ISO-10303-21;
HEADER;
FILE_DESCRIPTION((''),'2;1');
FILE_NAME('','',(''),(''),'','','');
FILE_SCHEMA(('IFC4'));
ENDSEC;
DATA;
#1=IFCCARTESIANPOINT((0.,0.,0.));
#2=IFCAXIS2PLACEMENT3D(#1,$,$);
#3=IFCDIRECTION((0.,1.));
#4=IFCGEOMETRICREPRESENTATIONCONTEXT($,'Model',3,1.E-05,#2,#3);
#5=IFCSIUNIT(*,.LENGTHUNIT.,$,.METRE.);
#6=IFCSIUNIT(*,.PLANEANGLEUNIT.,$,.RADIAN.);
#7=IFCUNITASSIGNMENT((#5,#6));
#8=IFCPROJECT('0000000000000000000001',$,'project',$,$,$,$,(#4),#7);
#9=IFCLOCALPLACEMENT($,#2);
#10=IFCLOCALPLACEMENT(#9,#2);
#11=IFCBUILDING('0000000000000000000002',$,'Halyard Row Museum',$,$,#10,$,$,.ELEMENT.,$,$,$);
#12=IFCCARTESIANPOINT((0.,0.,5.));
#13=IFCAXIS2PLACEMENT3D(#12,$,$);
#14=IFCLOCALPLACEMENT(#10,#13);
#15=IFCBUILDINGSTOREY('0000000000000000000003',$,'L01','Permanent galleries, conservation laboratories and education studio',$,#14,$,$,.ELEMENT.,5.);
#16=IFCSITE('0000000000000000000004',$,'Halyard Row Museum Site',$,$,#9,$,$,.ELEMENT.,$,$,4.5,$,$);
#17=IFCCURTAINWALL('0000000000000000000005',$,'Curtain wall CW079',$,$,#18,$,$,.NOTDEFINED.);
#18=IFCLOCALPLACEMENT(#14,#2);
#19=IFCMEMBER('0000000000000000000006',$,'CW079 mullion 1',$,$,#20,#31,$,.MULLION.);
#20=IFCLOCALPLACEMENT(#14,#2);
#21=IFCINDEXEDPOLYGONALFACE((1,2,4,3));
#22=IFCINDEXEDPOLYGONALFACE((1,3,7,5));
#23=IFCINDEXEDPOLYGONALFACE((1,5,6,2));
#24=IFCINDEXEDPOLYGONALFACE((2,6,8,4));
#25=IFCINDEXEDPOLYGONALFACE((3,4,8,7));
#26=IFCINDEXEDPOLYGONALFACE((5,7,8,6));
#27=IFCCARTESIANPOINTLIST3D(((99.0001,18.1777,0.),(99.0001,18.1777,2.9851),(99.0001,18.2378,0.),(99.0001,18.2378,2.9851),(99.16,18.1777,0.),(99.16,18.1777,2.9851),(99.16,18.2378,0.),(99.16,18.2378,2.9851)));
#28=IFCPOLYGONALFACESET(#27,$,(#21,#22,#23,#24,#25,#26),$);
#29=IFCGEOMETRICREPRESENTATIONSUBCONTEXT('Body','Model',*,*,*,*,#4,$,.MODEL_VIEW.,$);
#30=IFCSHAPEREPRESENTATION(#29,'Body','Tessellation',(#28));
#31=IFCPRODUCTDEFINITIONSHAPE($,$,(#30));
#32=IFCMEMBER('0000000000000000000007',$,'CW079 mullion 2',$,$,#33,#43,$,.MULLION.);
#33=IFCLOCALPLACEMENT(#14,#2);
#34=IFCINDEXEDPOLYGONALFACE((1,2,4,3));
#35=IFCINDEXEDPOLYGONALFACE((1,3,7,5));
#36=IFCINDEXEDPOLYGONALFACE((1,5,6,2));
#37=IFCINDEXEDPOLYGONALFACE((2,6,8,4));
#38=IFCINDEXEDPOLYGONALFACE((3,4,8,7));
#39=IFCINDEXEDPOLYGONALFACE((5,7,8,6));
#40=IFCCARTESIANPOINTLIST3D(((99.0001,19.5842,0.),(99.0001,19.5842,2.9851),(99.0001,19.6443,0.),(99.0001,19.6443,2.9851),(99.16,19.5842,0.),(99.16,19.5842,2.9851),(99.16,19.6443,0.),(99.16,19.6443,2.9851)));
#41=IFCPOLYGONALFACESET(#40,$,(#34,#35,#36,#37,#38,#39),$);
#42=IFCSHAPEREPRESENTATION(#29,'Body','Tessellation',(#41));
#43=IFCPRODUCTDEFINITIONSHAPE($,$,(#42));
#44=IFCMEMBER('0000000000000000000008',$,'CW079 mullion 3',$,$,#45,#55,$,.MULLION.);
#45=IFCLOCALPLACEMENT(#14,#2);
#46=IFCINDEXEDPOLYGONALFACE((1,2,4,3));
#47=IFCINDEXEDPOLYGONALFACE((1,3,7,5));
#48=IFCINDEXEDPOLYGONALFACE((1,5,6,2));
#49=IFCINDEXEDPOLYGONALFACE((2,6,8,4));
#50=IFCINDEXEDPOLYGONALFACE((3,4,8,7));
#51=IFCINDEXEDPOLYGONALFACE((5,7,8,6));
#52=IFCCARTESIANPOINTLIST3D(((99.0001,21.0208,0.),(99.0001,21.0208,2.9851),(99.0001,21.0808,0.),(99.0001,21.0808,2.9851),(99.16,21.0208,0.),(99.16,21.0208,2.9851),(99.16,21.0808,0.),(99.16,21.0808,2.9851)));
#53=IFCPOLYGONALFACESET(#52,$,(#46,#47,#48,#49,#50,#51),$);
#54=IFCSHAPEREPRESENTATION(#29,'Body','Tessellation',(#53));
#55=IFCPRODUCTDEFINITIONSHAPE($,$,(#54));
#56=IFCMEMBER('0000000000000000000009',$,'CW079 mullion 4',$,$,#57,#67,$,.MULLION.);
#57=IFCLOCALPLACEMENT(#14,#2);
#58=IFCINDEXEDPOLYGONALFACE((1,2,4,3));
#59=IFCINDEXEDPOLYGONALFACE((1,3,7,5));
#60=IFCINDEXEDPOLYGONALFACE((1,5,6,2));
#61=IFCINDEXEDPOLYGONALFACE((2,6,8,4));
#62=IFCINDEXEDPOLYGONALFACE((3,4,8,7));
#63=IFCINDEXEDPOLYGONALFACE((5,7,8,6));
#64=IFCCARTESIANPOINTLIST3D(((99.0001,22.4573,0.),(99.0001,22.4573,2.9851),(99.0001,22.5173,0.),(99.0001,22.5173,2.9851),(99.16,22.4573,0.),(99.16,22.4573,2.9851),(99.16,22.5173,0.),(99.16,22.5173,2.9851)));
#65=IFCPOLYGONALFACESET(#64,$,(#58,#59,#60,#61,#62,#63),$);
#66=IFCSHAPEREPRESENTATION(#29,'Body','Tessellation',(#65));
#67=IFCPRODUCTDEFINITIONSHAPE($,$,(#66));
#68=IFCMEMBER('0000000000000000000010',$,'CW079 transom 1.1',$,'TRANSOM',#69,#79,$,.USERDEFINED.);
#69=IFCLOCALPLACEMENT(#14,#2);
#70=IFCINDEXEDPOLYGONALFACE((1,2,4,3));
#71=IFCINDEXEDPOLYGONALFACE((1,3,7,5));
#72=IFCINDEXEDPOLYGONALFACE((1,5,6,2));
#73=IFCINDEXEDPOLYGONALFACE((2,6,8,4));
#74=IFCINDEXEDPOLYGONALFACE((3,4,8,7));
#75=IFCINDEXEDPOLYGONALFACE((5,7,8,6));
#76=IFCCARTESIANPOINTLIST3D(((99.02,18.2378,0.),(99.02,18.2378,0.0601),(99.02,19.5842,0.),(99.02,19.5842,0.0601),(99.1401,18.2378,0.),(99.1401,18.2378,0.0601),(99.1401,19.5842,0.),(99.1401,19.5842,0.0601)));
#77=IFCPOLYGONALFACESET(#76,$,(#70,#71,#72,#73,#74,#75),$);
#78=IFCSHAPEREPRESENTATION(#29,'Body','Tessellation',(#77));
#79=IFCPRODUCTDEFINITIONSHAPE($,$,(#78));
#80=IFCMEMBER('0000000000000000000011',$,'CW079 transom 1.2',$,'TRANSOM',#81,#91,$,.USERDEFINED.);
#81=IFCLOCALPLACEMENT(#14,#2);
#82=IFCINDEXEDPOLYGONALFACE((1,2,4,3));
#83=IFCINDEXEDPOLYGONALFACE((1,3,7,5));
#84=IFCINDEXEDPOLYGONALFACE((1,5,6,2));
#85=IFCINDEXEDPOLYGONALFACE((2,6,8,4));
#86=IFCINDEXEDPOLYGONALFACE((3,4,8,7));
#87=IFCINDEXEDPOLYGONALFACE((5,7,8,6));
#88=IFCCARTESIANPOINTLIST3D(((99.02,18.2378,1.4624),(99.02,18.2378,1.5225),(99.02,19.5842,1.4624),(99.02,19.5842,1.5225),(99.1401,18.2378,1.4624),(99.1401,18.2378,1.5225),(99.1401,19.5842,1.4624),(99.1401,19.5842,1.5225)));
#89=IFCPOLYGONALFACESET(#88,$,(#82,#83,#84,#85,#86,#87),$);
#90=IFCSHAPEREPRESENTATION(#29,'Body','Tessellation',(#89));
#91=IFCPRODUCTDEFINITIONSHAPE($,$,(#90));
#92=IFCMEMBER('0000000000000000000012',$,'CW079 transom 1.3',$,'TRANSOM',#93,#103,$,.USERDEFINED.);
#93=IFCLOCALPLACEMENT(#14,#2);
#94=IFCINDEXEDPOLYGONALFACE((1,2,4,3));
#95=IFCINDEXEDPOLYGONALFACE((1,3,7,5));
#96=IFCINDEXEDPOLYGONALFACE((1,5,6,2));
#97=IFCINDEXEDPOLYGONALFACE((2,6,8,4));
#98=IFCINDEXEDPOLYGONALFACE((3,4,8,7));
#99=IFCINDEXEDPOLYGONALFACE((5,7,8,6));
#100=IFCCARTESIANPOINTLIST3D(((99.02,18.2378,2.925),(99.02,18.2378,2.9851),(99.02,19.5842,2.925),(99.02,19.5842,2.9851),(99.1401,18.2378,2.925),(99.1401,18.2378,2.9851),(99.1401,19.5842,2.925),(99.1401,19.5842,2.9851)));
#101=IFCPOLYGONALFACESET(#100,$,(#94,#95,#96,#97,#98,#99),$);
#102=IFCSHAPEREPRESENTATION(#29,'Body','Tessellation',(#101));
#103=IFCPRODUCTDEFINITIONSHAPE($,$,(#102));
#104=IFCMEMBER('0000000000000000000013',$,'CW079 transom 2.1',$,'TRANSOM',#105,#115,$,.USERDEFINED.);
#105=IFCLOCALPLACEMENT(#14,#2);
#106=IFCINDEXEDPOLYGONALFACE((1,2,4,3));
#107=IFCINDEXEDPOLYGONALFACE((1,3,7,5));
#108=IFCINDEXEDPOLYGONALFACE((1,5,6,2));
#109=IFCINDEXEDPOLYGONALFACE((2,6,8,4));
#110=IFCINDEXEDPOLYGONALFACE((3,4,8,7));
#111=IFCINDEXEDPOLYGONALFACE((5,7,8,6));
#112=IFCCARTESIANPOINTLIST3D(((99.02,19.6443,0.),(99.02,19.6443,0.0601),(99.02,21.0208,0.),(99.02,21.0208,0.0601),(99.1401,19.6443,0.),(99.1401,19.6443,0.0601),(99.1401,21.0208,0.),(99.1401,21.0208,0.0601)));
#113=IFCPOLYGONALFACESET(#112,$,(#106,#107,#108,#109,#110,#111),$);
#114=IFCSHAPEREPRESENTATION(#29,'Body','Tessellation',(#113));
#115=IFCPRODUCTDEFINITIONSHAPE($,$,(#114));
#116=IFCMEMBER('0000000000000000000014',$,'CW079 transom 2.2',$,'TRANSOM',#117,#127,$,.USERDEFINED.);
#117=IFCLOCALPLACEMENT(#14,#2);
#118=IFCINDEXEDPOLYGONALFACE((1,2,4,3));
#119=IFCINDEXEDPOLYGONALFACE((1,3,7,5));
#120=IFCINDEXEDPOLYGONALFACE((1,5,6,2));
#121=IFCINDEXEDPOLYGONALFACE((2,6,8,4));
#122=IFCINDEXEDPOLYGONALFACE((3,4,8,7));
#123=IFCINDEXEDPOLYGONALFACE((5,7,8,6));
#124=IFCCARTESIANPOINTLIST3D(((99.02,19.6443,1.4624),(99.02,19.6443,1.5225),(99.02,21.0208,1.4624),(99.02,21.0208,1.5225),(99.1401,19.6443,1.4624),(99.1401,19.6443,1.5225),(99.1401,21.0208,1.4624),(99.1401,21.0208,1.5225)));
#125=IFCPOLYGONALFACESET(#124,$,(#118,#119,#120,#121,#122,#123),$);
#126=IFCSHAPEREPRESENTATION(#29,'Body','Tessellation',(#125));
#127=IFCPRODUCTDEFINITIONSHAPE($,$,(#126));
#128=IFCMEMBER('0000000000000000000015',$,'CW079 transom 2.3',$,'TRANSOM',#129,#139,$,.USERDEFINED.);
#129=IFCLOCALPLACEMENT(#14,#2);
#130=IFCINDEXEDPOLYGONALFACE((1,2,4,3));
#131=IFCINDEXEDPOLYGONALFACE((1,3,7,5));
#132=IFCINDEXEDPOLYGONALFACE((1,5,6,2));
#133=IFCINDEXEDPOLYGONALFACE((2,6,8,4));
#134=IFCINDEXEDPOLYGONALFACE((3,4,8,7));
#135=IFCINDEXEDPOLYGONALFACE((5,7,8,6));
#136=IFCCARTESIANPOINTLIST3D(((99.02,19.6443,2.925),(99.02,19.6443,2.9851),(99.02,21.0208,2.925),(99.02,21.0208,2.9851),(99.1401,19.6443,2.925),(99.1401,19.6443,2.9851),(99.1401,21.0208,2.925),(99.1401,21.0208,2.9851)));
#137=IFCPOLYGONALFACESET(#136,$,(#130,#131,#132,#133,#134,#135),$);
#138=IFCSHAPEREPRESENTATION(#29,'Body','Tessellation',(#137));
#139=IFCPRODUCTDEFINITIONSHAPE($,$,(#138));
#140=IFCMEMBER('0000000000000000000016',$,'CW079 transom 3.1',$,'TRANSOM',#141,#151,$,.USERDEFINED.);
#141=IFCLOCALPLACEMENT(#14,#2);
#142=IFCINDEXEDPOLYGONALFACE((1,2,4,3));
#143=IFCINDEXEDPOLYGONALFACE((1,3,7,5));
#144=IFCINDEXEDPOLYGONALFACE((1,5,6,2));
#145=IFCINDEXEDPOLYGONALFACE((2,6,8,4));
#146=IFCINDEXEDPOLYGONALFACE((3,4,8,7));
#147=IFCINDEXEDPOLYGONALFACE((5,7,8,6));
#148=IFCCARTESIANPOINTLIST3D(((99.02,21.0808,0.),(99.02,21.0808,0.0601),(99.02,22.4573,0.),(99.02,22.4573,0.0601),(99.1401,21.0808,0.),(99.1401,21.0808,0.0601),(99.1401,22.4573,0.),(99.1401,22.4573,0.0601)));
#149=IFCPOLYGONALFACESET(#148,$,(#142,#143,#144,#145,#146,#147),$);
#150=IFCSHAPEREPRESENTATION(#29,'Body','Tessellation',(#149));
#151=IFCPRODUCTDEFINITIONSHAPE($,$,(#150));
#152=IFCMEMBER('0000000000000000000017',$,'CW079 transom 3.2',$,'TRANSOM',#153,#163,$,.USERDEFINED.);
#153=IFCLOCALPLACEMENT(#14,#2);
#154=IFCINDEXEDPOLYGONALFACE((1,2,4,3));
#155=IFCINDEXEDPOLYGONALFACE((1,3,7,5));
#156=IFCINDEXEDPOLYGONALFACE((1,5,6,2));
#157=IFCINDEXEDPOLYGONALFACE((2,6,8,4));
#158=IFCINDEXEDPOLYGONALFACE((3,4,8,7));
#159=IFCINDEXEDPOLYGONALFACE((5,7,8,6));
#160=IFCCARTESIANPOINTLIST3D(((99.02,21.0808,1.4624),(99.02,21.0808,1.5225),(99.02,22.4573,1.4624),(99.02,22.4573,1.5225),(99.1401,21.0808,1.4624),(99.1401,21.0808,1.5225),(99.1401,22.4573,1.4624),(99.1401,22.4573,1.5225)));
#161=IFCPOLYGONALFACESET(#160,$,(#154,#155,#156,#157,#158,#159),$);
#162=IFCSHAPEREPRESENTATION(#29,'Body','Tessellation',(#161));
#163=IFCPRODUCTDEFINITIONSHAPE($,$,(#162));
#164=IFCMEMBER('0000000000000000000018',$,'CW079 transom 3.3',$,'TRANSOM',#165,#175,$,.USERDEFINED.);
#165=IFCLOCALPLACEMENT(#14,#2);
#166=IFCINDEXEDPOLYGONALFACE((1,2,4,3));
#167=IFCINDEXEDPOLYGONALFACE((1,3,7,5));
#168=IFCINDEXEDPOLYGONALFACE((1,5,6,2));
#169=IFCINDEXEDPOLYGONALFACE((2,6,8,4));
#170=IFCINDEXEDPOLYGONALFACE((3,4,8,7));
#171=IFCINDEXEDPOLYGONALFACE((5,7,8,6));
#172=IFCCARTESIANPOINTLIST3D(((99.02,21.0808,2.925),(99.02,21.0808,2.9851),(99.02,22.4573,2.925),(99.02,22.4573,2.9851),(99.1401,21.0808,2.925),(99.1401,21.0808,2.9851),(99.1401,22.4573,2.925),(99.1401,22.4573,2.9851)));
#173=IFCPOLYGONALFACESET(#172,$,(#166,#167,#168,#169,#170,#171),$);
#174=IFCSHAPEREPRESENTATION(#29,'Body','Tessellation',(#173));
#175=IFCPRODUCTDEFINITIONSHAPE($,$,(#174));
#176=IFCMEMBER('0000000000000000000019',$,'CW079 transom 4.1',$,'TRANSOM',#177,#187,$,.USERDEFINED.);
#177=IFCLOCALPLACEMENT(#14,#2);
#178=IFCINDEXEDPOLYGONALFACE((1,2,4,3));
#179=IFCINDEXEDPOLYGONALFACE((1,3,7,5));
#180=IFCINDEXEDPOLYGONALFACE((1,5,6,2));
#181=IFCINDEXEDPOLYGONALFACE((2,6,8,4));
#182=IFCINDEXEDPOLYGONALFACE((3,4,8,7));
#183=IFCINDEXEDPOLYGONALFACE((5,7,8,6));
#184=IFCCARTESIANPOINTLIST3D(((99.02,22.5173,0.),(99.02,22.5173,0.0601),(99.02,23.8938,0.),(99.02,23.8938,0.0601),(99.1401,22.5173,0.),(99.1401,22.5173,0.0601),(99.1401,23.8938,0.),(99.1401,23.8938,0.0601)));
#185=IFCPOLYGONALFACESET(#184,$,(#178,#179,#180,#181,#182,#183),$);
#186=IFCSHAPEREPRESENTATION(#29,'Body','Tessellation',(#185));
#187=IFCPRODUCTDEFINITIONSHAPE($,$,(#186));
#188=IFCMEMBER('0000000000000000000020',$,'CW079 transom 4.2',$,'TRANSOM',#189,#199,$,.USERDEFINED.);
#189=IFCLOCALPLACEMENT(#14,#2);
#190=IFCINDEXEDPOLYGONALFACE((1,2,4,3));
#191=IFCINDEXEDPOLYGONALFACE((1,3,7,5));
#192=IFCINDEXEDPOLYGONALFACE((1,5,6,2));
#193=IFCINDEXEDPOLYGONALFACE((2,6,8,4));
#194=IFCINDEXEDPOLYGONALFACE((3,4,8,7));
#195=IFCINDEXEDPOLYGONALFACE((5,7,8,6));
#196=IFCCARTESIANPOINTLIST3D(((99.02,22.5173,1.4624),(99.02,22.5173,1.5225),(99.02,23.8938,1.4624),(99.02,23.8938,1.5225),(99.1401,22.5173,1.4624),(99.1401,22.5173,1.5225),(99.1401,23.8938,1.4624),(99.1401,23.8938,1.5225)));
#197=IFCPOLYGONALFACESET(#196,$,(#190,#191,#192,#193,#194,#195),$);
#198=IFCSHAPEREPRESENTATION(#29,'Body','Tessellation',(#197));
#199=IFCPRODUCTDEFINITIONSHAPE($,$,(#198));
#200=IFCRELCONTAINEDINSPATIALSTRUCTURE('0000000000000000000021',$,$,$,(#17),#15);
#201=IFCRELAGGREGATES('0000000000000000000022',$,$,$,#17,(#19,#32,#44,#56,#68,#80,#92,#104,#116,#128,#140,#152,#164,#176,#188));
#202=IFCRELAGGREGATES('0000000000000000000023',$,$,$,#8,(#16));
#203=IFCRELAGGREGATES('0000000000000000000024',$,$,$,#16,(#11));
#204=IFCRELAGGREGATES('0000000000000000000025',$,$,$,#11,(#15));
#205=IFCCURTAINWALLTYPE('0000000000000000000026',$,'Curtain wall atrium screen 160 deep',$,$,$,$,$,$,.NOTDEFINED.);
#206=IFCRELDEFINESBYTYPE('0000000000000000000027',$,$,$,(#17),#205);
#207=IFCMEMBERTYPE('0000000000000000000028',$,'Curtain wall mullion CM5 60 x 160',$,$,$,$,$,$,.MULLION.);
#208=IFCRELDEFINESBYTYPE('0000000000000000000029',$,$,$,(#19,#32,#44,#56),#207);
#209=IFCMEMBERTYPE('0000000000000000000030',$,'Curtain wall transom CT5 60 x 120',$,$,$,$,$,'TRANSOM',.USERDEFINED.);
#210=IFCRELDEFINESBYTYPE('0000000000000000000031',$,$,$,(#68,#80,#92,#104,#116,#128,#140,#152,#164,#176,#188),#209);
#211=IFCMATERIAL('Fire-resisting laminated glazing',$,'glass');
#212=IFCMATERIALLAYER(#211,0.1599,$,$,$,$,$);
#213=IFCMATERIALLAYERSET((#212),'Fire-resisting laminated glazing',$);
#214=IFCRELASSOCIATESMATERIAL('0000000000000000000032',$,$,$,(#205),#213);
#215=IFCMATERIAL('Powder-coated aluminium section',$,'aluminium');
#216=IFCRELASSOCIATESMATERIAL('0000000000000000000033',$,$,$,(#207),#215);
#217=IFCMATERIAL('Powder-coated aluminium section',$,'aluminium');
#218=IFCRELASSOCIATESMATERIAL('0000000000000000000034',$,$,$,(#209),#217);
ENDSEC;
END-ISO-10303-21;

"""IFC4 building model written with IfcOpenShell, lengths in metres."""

from ifc_helpers import new_model, si_unit, direction, frame, origin, origin_2d, place, context, subcontext, project, spatial, rectangle, extrude, material, layer, layer_set, material_profile, profile_set, type_object, element, aggregate, save


model = new_model("IFC4")

# Units and contexts
model_context = context("Model", 3, precision=1e-05, world=origin(), true_north=direction((0.0, 1.0)))
body_context = subcontext(model_context, "Body", "Model", "MODEL_VIEW")
ifc_project = project(units=[si_unit("LENGTHUNIT", "METRE"), si_unit("PLANEANGLEUNIT", "RADIAN")], contexts=[model_context])

# Site, building, storey
site_placement = place(None, origin())
site = spatial("IfcSite", under=ifc_project, at=site_placement, Name="Halyard Row Museum Site", CompositionType="ELEMENT", RefElevation=4.5)
building_placement = place(site_placement, origin())
building = spatial("IfcBuilding", under=site, at=building_placement, Name="Halyard Row Museum", CompositionType="ELEMENT")
storey_placement = place(building_placement, frame((0.0, 0.0, 5.0)))
storey = spatial("IfcBuildingStorey", under=building, at=storey_placement, Name="L01", Description="Permanent galleries, conservation laboratories and education studio", CompositionType="ELEMENT", Elevation=5.0)

# Curtain wall, members
ifc_material_1 = material(Name="Fire-resisting laminated glazing", Category="glass")
ifc_layer_1 = layer(ifc_material_1, 0.1599)
ifc_layer_set_1 = layer_set([ifc_layer_1], Name="Fire-resisting laminated glazing")
curtain_wall_type = type_object("IfcCurtainWallType", Name="Curtain wall atrium screen 160 deep", PredefinedType="NOTDEFINED", material=ifc_layer_set_1)
curtain_wall_placement = place(storey_placement, origin())
curtain_wall = element("IfcCurtainWall", 1, at=curtain_wall_placement, inside=storey, type_object=curtain_wall_type, Name="Curtain wall CW079", PredefinedType="NOTDEFINED")
ifc_material_2 = material(Name="Powder-coated aluminium section", Category="aluminium")
ifc_material_profile_1 = material_profile(ifc_material_2, rectangle(XDim=0.1599, YDim=0.0601, at=origin_2d()), Name="160x60 mullion")
ifc_profile_set_1 = profile_set([ifc_material_profile_1], Name="Powder-coated aluminium section")
member_type_1 = type_object("IfcMemberType", Name="Curtain wall mullion CM5 60 x 160", PredefinedType="MULLION", material=ifc_profile_set_1)
member_1_placement = place(storey_placement, frame((99.0801, 18.2078, 0.0), z_axis=(0.0, 0.0, 1.0), x_axis=(-1.0, 0.0, 0.0)))
member_1 = element("IfcMember", 2, at=member_1_placement, type_object=member_type_1, Name="CW079 mullion 1", PredefinedType="MULLION", context=body_context, shape_type="SweptSolid", body=[
    extrude(rectangle(XDim=0.1599, YDim=0.0601, at=origin_2d()), origin(), (0.0, 0.0, 1.0), 2.9851),
])
member_2_placement = place(storey_placement, frame((99.0801, 19.6143, 0.0), z_axis=(0.0, 0.0, 1.0), x_axis=(-1.0, 0.0, 0.0)))
member_2 = element("IfcMember", 3, at=member_2_placement, type_object=member_type_1, Name="CW079 mullion 2", PredefinedType="MULLION", context=body_context, shape_type="SweptSolid", body=[
    extrude(rectangle(XDim=0.1599, YDim=0.0601, at=origin_2d()), origin(), (0.0, 0.0, 1.0), 2.9851),
])
member_3_placement = place(storey_placement, frame((99.0801, 21.0508, 0.0), z_axis=(0.0, 0.0, 1.0), x_axis=(-1.0, 0.0, 0.0)))
member_3 = element("IfcMember", 4, at=member_3_placement, type_object=member_type_1, Name="CW079 mullion 3", PredefinedType="MULLION", context=body_context, shape_type="SweptSolid", body=[
    extrude(rectangle(XDim=0.1599, YDim=0.0601, at=origin_2d()), origin(), (0.0, 0.0, 1.0), 2.9851),
])
member_4_placement = place(storey_placement, frame((99.0801, 22.4873, 0.0), z_axis=(0.0, 0.0, 1.0), x_axis=(-1.0, 0.0, 0.0)))
member_4 = element("IfcMember", 5, at=member_4_placement, type_object=member_type_1, Name="CW079 mullion 4", PredefinedType="MULLION", context=body_context, shape_type="SweptSolid", body=[
    extrude(rectangle(XDim=0.1599, YDim=0.0601, at=origin_2d()), origin(), (0.0, 0.0, 1.0), 2.9851),
])
ifc_material_3 = material(Name="Powder-coated aluminium section", Category="aluminium")
ifc_material_profile_2 = material_profile(ifc_material_3, rectangle(XDim=0.1201, YDim=0.0601, at=origin_2d()), Name="120x60 transom")
ifc_profile_set_2 = profile_set([ifc_material_profile_2], Name="Powder-coated aluminium section")
member_type_2 = type_object("IfcMemberType", Name="Curtain wall transom CT5 60 x 120", ElementType="TRANSOM", PredefinedType="USERDEFINED", material=ifc_profile_set_2)
member_5_placement = place(storey_placement, frame((99.0801, 18.2378, 0.03), z_axis=(0.0, 1.0, 0.0), x_axis=(-1.0, 0.0, 0.0)))
member_5 = element("IfcMember", 6, at=member_5_placement, type_object=member_type_2, Name="CW079 transom 1.1", ObjectType="TRANSOM", PredefinedType="USERDEFINED", context=body_context, shape_type="SweptSolid", body=[
    extrude(rectangle(XDim=0.1201, YDim=0.0601, at=origin_2d()), origin(), (0.0, 0.0, 1.0), 1.3464),
])
member_6_placement = place(storey_placement, frame((99.0801, 18.2378, 1.4924), z_axis=(0.0, 1.0, 0.0), x_axis=(-1.0, 0.0, 0.0)))
member_6 = element("IfcMember", 7, at=member_6_placement, type_object=member_type_2, Name="CW079 transom 1.2", ObjectType="TRANSOM", PredefinedType="USERDEFINED", context=body_context, shape_type="SweptSolid", body=[
    extrude(rectangle(XDim=0.1201, YDim=0.0601, at=origin_2d()), origin(), (0.0, 0.0, 1.0), 1.3464),
])
member_7_placement = place(storey_placement, frame((99.0801, 18.2378, 2.9551), z_axis=(0.0, 1.0, 0.0), x_axis=(-1.0, 0.0, 0.0)))
member_7 = element("IfcMember", 8, at=member_7_placement, type_object=member_type_2, Name="CW079 transom 1.3", ObjectType="TRANSOM", PredefinedType="USERDEFINED", context=body_context, shape_type="SweptSolid", body=[
    extrude(rectangle(XDim=0.1201, YDim=0.0601, at=origin_2d()), origin(), (0.0, 0.0, 1.0), 1.3464),
])
member_8_placement = place(storey_placement, frame((99.0801, 19.6443, 0.03), z_axis=(0.0, 1.0, 0.0), x_axis=(-1.0, 0.0, 0.0)))
member_8 = element("IfcMember", 9, at=member_8_placement, type_object=member_type_2, Name="CW079 transom 2.1", ObjectType="TRANSOM", PredefinedType="USERDEFINED", context=body_context, shape_type="SweptSolid", body=[
    extrude(rectangle(XDim=0.1201, YDim=0.0601, at=origin_2d()), origin(), (0.0, 0.0, 1.0), 1.3765),
])
member_9_placement = place(storey_placement, frame((99.0801, 19.6443, 1.4924), z_axis=(0.0, 1.0, 0.0), x_axis=(-1.0, 0.0, 0.0)))
member_9 = element("IfcMember", 10, at=member_9_placement, type_object=member_type_2, Name="CW079 transom 2.2", ObjectType="TRANSOM", PredefinedType="USERDEFINED", context=body_context, shape_type="SweptSolid", body=[
    extrude(rectangle(XDim=0.1201, YDim=0.0601, at=origin_2d()), origin(), (0.0, 0.0, 1.0), 1.3765),
])
member_10_placement = place(storey_placement, frame((99.0801, 19.6443, 2.9551), z_axis=(0.0, 1.0, 0.0), x_axis=(-1.0, 0.0, 0.0)))
member_10 = element("IfcMember", 11, at=member_10_placement, type_object=member_type_2, Name="CW079 transom 2.3", ObjectType="TRANSOM", PredefinedType="USERDEFINED", context=body_context, shape_type="SweptSolid", body=[
    extrude(rectangle(XDim=0.1201, YDim=0.0601, at=origin_2d()), origin(), (0.0, 0.0, 1.0), 1.3765),
])
member_11_placement = place(storey_placement, frame((99.0801, 21.0808, 0.03), z_axis=(0.0, 1.0, 0.0), x_axis=(-1.0, 0.0, 0.0)))
member_11 = element("IfcMember", 12, at=member_11_placement, type_object=member_type_2, Name="CW079 transom 3.1", ObjectType="TRANSOM", PredefinedType="USERDEFINED", context=body_context, shape_type="SweptSolid", body=[
    extrude(rectangle(XDim=0.1201, YDim=0.0601, at=origin_2d()), origin(), (0.0, 0.0, 1.0), 1.3765),
])
member_12_placement = place(storey_placement, frame((99.0801, 21.0808, 1.4924), z_axis=(0.0, 1.0, 0.0), x_axis=(-1.0, 0.0, 0.0)))
member_12 = element("IfcMember", 13, at=member_12_placement, type_object=member_type_2, Name="CW079 transom 3.2", ObjectType="TRANSOM", PredefinedType="USERDEFINED", context=body_context, shape_type="SweptSolid", body=[
    extrude(rectangle(XDim=0.1201, YDim=0.0601, at=origin_2d()), origin(), (0.0, 0.0, 1.0), 1.3765),
])
member_13_placement = place(storey_placement, frame((99.0801, 21.0808, 2.9551), z_axis=(0.0, 1.0, 0.0), x_axis=(-1.0, 0.0, 0.0)))
member_13 = element("IfcMember", 14, at=member_13_placement, type_object=member_type_2, Name="CW079 transom 3.3", ObjectType="TRANSOM", PredefinedType="USERDEFINED", context=body_context, shape_type="SweptSolid", body=[
    extrude(rectangle(XDim=0.1201, YDim=0.0601, at=origin_2d()), origin(), (0.0, 0.0, 1.0), 1.3765),
])
member_14_placement = place(storey_placement, frame((99.0801, 22.5173, 0.03), z_axis=(0.0, 1.0, 0.0), x_axis=(-1.0, 0.0, 0.0)))
member_14 = element("IfcMember", 15, at=member_14_placement, type_object=member_type_2, Name="CW079 transom 4.1", ObjectType="TRANSOM", PredefinedType="USERDEFINED", context=body_context, shape_type="SweptSolid", body=[
    extrude(rectangle(XDim=0.1201, YDim=0.0601, at=origin_2d()), origin(), (0.0, 0.0, 1.0), 1.3765),
])
member_15_placement = place(storey_placement, frame((99.0801, 22.5173, 1.4924), z_axis=(0.0, 1.0, 0.0), x_axis=(-1.0, 0.0, 0.0)))
member_15 = element("IfcMember", 16, at=member_15_placement, type_object=member_type_2, Name="CW079 transom 4.2", ObjectType="TRANSOM", PredefinedType="USERDEFINED", context=body_context, shape_type="SweptSolid", body=[
    extrude(rectangle(XDim=0.1201, YDim=0.0601, at=origin_2d()), origin(), (0.0, 0.0, 1.0), 1.3765),
])

aggregate(curtain_wall, [member_1, member_2, member_3, member_4, member_5, member_6, member_7, member_8, member_9, member_10, member_11, member_12, member_13, member_14, member_15])

save(model, "model.ifc")
